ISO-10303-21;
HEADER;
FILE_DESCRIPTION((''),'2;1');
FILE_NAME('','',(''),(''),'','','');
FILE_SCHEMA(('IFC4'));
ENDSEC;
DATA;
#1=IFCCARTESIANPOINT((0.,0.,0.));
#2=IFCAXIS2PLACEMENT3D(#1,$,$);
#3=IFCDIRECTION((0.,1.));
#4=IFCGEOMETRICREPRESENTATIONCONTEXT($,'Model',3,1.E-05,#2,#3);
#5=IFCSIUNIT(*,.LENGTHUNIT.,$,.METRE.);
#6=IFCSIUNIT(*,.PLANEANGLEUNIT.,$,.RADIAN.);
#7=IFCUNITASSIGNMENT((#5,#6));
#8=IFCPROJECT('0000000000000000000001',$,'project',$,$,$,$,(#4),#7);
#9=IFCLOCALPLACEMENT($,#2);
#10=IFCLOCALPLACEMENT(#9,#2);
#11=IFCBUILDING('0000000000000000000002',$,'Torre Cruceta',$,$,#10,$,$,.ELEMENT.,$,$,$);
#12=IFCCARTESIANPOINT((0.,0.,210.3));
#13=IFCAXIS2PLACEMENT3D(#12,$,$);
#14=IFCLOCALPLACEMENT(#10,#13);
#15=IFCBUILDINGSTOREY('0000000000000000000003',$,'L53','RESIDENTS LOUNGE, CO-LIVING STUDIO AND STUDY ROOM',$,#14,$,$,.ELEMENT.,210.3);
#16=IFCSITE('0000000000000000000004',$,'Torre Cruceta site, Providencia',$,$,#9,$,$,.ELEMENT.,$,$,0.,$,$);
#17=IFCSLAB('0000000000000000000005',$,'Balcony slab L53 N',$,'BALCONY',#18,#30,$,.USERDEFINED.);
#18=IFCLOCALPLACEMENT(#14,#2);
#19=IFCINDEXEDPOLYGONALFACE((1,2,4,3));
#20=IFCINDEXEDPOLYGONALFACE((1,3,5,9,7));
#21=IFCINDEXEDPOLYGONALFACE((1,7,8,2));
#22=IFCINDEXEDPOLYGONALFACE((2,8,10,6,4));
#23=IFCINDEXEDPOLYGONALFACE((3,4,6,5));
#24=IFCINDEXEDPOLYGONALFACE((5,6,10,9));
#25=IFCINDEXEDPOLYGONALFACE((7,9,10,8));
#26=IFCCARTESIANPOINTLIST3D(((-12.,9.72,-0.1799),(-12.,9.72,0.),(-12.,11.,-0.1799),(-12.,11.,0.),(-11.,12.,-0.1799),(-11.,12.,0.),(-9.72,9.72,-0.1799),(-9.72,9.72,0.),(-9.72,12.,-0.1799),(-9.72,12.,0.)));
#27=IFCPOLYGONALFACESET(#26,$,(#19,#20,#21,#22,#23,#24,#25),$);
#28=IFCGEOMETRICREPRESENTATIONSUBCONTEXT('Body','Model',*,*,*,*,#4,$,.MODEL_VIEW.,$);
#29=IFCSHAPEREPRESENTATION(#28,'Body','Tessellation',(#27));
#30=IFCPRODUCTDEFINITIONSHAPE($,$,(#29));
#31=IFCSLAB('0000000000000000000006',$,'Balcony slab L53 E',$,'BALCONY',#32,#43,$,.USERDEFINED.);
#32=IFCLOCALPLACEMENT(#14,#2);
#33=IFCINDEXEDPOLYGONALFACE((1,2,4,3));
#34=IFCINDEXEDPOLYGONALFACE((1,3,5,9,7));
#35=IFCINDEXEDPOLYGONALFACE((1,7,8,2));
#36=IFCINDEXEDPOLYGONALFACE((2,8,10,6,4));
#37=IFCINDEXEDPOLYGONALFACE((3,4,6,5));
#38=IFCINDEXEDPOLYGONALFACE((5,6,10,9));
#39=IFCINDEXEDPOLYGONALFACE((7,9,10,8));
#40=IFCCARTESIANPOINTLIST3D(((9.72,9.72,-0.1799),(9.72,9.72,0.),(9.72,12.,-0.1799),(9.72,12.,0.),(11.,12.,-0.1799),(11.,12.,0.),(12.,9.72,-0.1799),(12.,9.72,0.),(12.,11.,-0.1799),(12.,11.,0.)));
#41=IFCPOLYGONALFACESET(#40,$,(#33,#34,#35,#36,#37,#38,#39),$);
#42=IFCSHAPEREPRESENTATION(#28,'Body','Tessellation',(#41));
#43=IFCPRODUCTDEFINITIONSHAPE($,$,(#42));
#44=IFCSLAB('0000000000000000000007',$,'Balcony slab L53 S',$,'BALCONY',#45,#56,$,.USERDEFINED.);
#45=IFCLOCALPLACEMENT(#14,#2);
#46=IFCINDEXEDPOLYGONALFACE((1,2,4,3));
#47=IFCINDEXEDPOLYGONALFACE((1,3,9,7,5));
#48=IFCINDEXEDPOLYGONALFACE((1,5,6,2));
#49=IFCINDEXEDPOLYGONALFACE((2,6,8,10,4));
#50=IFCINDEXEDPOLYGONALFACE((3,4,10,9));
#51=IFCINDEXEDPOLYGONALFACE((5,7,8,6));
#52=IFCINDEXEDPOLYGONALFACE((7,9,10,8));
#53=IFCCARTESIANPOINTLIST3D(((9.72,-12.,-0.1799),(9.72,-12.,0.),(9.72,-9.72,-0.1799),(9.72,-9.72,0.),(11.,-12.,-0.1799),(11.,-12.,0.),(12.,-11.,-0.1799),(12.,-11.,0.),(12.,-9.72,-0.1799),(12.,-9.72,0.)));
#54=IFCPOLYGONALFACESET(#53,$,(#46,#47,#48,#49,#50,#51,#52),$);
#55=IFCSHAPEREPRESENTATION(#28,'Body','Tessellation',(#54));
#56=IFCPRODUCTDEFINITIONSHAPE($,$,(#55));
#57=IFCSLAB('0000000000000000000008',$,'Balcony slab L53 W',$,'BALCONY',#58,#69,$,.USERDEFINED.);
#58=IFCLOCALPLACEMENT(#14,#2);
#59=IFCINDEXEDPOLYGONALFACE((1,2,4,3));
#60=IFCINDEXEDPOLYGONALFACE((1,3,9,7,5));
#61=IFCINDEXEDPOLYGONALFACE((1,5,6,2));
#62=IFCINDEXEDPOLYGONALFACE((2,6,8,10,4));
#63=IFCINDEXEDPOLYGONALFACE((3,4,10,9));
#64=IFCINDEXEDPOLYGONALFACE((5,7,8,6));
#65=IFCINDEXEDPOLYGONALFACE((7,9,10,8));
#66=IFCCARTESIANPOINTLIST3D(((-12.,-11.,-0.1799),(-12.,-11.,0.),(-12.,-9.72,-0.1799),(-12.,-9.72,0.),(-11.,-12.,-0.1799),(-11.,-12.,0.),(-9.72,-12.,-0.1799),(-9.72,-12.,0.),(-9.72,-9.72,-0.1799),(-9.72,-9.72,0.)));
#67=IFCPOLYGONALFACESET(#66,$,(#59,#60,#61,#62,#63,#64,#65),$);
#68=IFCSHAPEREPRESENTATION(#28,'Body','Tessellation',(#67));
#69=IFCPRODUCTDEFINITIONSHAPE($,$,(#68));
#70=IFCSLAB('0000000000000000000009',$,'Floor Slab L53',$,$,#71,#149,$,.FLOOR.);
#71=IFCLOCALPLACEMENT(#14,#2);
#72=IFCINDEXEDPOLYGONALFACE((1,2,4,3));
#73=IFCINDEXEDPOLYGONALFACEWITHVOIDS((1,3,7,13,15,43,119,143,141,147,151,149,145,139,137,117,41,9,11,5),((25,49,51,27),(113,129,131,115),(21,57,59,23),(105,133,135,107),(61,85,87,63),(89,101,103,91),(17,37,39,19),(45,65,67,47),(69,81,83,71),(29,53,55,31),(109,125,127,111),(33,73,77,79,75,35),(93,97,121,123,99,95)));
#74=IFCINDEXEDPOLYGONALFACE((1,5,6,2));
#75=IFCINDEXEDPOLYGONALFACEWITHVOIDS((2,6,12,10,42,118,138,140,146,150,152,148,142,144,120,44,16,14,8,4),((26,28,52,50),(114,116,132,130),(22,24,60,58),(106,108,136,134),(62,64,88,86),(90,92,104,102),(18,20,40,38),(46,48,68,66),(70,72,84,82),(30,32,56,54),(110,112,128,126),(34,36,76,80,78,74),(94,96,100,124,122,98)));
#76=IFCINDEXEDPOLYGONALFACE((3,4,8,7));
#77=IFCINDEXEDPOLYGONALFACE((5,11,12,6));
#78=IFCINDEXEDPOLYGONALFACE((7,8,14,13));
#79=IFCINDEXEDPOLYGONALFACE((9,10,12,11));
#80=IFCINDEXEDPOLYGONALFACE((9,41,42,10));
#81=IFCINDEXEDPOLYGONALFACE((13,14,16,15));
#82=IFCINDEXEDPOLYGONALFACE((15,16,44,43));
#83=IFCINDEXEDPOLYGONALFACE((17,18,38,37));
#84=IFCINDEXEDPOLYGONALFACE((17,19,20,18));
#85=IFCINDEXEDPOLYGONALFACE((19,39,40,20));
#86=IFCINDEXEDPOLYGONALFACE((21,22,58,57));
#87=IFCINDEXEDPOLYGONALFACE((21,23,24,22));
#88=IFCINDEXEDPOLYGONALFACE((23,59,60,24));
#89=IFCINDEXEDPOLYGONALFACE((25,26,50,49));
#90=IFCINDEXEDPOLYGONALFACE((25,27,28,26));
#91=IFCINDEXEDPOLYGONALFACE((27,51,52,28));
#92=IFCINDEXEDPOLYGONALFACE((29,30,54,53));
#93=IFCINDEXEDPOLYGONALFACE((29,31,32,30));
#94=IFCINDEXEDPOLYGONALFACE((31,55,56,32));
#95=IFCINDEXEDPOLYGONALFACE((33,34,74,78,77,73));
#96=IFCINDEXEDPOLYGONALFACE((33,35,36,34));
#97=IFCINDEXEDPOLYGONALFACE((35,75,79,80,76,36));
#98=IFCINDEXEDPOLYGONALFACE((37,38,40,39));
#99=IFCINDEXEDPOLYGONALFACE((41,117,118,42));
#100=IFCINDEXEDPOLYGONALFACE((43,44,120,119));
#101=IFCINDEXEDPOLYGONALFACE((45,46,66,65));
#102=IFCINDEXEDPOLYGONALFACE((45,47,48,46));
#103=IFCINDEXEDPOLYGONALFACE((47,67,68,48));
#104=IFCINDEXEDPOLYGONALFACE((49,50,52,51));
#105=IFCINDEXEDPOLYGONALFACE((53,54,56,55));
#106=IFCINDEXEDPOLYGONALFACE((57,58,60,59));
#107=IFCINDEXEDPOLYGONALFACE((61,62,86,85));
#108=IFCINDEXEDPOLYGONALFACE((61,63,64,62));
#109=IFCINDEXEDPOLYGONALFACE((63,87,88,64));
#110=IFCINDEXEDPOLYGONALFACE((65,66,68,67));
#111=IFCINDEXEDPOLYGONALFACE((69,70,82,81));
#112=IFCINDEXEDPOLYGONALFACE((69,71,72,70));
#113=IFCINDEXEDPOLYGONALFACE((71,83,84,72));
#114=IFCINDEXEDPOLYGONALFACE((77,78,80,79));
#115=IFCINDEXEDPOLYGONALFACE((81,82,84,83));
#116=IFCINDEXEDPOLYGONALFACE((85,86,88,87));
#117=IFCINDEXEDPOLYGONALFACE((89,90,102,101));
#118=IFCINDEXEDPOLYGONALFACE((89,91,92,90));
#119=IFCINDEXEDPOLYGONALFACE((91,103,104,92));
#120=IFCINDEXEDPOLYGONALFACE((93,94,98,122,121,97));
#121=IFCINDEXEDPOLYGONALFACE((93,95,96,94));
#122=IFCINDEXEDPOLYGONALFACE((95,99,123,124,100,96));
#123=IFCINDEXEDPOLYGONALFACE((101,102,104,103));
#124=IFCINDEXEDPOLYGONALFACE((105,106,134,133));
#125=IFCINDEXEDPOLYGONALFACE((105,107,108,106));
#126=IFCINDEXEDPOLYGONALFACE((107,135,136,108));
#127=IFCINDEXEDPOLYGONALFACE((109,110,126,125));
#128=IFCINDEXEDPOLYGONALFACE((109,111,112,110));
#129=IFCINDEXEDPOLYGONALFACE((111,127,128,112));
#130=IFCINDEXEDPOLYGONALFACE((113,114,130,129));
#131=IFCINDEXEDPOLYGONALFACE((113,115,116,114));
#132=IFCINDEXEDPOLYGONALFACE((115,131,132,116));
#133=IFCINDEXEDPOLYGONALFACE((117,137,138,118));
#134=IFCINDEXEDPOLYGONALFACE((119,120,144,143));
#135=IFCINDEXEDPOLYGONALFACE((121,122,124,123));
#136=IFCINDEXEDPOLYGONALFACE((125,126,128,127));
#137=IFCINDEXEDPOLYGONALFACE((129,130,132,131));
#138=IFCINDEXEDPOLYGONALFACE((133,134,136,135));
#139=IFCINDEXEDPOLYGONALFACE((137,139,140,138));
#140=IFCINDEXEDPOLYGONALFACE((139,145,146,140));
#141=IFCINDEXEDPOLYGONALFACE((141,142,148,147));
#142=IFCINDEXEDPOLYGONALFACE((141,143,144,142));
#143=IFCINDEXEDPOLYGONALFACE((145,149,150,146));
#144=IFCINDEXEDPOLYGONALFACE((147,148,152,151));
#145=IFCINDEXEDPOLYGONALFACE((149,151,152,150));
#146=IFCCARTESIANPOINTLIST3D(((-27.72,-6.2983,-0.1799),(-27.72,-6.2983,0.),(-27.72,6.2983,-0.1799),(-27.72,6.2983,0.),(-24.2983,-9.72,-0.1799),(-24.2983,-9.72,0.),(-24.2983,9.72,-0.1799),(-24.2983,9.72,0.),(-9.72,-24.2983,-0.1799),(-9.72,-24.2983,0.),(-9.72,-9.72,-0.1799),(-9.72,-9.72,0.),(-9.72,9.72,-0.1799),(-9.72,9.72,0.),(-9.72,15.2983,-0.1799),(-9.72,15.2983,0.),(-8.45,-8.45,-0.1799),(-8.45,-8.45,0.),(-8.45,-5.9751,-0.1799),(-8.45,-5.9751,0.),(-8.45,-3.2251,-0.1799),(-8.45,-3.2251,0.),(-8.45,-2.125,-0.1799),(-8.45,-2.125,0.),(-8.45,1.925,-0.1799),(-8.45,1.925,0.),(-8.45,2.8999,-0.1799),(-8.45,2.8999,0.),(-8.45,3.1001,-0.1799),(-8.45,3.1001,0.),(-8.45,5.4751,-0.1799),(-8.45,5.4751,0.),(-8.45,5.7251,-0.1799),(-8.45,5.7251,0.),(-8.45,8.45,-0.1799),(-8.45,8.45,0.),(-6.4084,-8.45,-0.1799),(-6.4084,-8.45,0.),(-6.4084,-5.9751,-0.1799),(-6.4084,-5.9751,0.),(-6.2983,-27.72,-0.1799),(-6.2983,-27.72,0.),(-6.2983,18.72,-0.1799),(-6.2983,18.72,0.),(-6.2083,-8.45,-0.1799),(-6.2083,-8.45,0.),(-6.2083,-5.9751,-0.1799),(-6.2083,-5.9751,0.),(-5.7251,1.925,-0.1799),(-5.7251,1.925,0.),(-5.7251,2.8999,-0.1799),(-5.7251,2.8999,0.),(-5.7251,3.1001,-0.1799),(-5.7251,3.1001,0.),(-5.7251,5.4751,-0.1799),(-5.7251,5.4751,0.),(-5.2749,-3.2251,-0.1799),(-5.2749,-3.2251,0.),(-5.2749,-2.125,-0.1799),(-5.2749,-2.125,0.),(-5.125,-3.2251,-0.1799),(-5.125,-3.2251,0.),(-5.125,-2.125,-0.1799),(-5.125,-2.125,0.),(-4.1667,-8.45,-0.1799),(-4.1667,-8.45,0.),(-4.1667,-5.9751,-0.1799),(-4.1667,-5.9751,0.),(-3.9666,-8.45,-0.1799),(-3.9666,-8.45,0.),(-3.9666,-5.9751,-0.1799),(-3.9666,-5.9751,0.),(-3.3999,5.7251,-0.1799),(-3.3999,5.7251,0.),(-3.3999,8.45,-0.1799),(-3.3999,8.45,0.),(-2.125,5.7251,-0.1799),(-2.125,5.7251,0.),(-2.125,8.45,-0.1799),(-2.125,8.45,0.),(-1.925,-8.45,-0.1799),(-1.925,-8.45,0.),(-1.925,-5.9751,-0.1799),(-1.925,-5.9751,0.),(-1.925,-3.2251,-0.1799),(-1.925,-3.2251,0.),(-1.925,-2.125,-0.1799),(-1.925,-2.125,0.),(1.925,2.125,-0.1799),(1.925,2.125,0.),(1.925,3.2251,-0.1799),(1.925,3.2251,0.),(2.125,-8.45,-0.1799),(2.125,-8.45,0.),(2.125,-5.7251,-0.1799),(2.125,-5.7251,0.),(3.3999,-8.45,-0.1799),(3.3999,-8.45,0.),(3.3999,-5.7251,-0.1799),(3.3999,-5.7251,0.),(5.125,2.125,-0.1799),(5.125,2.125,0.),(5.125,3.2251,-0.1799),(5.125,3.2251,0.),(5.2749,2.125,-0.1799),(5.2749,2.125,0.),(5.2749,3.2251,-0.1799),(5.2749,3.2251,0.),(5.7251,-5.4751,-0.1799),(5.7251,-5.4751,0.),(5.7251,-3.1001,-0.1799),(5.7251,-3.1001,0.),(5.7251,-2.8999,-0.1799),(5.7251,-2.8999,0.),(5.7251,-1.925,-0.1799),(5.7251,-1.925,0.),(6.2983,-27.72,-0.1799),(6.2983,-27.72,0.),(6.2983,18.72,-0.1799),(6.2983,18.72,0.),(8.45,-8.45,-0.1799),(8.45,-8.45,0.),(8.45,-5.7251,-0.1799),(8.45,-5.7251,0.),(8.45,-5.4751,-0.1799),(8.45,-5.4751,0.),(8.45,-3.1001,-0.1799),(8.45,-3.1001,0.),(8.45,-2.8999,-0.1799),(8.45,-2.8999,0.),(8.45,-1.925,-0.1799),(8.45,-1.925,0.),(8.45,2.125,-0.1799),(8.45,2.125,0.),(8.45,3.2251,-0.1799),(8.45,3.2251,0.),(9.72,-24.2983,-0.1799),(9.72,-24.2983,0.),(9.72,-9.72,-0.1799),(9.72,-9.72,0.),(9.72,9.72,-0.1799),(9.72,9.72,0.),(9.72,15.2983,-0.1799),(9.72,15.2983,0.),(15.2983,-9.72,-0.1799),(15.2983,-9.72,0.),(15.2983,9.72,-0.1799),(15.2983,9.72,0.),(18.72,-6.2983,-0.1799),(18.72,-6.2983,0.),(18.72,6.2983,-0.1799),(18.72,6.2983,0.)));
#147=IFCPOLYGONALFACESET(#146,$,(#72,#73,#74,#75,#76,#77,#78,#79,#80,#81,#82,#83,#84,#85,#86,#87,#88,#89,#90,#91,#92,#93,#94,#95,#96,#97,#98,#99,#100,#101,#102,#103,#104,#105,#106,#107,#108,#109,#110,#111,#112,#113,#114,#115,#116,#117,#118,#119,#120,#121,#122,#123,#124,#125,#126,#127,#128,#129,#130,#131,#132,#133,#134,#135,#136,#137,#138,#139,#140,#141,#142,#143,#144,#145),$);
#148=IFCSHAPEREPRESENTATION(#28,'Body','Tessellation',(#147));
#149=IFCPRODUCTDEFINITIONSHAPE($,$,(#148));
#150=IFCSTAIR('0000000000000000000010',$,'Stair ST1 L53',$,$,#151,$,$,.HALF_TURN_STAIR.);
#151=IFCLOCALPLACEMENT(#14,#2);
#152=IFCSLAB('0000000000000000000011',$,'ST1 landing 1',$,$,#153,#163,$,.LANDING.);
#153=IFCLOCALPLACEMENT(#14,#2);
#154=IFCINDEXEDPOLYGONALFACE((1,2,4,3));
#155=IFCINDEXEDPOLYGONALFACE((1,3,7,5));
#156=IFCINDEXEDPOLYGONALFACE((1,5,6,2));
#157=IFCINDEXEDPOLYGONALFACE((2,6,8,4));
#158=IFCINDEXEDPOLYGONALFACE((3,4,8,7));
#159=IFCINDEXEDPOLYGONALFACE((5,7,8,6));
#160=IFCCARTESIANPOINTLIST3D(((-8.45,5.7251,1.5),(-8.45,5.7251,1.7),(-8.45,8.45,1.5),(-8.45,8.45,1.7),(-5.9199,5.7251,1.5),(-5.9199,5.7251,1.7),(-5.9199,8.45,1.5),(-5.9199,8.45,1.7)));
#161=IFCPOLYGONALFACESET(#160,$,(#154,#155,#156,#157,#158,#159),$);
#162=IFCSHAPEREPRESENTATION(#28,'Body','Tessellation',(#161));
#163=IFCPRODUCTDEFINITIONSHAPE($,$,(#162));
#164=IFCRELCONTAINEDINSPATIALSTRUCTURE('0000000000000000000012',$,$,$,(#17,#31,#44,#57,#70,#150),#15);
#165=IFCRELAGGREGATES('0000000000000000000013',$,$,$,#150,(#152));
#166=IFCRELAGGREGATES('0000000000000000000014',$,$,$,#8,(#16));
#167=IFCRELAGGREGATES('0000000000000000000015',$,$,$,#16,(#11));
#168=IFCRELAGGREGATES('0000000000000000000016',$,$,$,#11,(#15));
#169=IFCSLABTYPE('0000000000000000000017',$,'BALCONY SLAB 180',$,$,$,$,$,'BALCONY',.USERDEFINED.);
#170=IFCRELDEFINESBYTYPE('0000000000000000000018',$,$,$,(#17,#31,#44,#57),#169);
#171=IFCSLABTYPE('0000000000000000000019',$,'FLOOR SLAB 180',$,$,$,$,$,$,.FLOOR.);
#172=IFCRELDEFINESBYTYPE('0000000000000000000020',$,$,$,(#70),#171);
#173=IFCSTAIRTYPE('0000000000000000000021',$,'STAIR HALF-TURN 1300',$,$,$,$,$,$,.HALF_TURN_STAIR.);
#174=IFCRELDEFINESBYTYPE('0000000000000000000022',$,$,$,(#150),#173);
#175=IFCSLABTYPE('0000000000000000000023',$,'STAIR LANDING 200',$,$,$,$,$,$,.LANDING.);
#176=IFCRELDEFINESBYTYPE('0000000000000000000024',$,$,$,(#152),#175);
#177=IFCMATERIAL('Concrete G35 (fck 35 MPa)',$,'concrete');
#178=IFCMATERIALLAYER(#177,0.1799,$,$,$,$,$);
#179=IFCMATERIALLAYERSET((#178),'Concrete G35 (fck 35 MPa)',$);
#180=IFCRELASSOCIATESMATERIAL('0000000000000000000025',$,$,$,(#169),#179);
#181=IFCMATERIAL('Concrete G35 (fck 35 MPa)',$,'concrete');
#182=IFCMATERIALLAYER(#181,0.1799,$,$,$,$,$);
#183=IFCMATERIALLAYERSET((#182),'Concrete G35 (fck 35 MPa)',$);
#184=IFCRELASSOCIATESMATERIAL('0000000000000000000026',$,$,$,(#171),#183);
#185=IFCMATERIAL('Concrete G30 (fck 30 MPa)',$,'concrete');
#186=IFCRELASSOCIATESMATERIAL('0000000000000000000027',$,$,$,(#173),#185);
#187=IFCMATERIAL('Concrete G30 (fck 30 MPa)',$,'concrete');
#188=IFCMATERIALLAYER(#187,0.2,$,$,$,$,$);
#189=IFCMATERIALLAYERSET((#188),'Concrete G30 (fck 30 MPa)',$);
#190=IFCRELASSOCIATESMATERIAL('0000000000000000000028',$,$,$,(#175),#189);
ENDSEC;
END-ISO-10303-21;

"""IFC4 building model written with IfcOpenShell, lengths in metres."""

from ifc_helpers import new_model, si_unit, direction, frame, origin, place, context, subcontext, project, spatial, polyline, outline, extrude, material, layer, layer_set, type_object, element, aggregate, save


model = new_model("IFC4")

# Units and contexts
model_context = context("Model", 3, precision=1e-05, world=origin(), true_north=direction((0.0, 1.0)))
body_context = subcontext(model_context, "Body", "Model", "MODEL_VIEW")
ifc_project = project(units=[si_unit("LENGTHUNIT", "METRE"), si_unit("PLANEANGLEUNIT", "RADIAN")], contexts=[model_context])

# Site, building, storey
site_placement = place(None, origin())
site = spatial("IfcSite", under=ifc_project, at=site_placement, Name="Torre Cruceta site, Providencia", CompositionType="ELEMENT", RefElevation=0.0)
building_placement = place(site_placement, origin())
building = spatial("IfcBuilding", under=site, at=building_placement, Name="Torre Cruceta", CompositionType="ELEMENT")
storey_placement = place(building_placement, frame((0.0, 0.0, 210.3)))
storey = spatial("IfcBuildingStorey", under=building, at=storey_placement, Name="L53", Description="RESIDENTS LOUNGE, CO-LIVING STUDIO AND STUDY ROOM", CompositionType="ELEMENT", Elevation=210.3)

# Slabs
ifc_material_1 = material(Name="Concrete G35 (fck 35 MPa)", Category="concrete")
ifc_layer_1 = layer(ifc_material_1, 0.1799)
ifc_layer_set_1 = layer_set([ifc_layer_1], Name="Concrete G35 (fck 35 MPa)")
slab_type_1 = type_object("IfcSlabType", Name="BALCONY SLAB 180", ElementType="BALCONY", PredefinedType="USERDEFINED", material=ifc_layer_set_1)
slab_1_placement = place(storey_placement, frame((0.0, 0.0, -0.1799)))
element("IfcSlab", 1, at=slab_1_placement, inside=storey, type_object=slab_type_1, Name="Balcony slab L53 N", ObjectType="BALCONY", PredefinedType="USERDEFINED", context=body_context, shape_type="SweptSolid", body=[
    extrude(outline(polyline([(-12.0, 11.0), (-11.0, 12.0), (-9.72, 12.0), (-9.72, 9.72), (-12.0, 9.72), (-12.0, 11.0)])), origin(), (0.0, 0.0, 1.0), 0.1799),
])
slab_2_placement = place(storey_placement, frame((0.0, 0.0, -0.1799)))
element("IfcSlab", 2, at=slab_2_placement, inside=storey, type_object=slab_type_1, Name="Balcony slab L53 E", ObjectType="BALCONY", PredefinedType="USERDEFINED", context=body_context, shape_type="SweptSolid", body=[
    extrude(outline(polyline([(11.0, 12.0), (12.0, 11.0), (12.0, 9.72), (9.72, 9.72), (9.72, 12.0), (11.0, 12.0)])), origin(), (0.0, 0.0, 1.0), 0.1799),
])
slab_3_placement = place(storey_placement, frame((0.0, 0.0, -0.1799)))
element("IfcSlab", 3, at=slab_3_placement, inside=storey, type_object=slab_type_1, Name="Balcony slab L53 S", ObjectType="BALCONY", PredefinedType="USERDEFINED", context=body_context, shape_type="SweptSolid", body=[
    extrude(outline(polyline([(12.0, -11.0), (11.0, -12.0), (9.72, -12.0), (9.72, -9.72), (12.0, -9.72), (12.0, -11.0)])), origin(), (0.0, 0.0, 1.0), 0.1799),
])
slab_4_placement = place(storey_placement, frame((0.0, 0.0, -0.1799)))
element("IfcSlab", 4, at=slab_4_placement, inside=storey, type_object=slab_type_1, Name="Balcony slab L53 W", ObjectType="BALCONY", PredefinedType="USERDEFINED", context=body_context, shape_type="SweptSolid", body=[
    extrude(outline(polyline([(-11.0, -12.0), (-12.0, -11.0), (-12.0, -9.72), (-9.72, -9.72), (-9.72, -12.0), (-11.0, -12.0)])), origin(), (0.0, 0.0, 1.0), 0.1799),
])
ifc_material_2 = material(Name="Concrete G35 (fck 35 MPa)", Category="concrete")
ifc_layer_2 = layer(ifc_material_2, 0.1799)
ifc_layer_set_2 = layer_set([ifc_layer_2], Name="Concrete G35 (fck 35 MPa)")
slab_type_2 = type_object("IfcSlabType", Name="FLOOR SLAB 180", PredefinedType="FLOOR", material=ifc_layer_set_2)
slab_5_placement = place(storey_placement, frame((0.0, 0.0, -0.1799)))
element("IfcSlab", 5, at=slab_5_placement, inside=storey, type_object=slab_type_2, Name="Floor Slab L53", PredefinedType="FLOOR", context=body_context, shape_type="SweptSolid", body=[
    extrude(outline(polyline([(9.72, -9.72), (9.72, -24.2983), (6.2983, -27.72), (-6.2983, -27.72), (-9.72, -24.2983), (-9.72, -9.72), (-24.2983, -9.72), (-27.72, -6.2983), (-27.72, 6.2983), (-24.2983, 9.72), (-9.72, 9.72), (-9.72, 15.2983), (-6.2983, 18.72), (6.2983, 18.72), (9.72, 15.2983), (9.72, 9.72), (15.2983, 9.72), (18.72, 6.2983), (18.72, -6.2983), (15.2983, -9.72), (9.72, -9.72)]), holes=[polyline([(1.925, 2.125), (5.125, 2.125), (5.125, 3.2251), (1.925, 3.2251), (1.925, 2.125)]), polyline([(5.2749, 2.125), (8.45, 2.125), (8.45, 3.2251), (5.2749, 3.2251), (5.2749, 2.125)]), polyline([(-8.45, 3.1001), (-5.7251, 3.1001), (-5.7251, 5.4751), (-8.45, 5.4751), (-8.45, 3.1001)]), polyline([(-8.45, 1.925), (-5.7251, 1.925), (-5.7251, 2.8999), (-8.45, 2.8999), (-8.45, 1.925)]), polyline([(-3.9666, -8.45), (-1.925, -8.45), (-1.925, -5.9751), (-3.9666, -5.9751), (-3.9666, -8.45)]), polyline([(-6.2083, -8.45), (-4.1667, -8.45), (-4.1667, -5.9751), (-6.2083, -5.9751), (-6.2083, -8.45)]), polyline([(-8.45, -8.45), (-6.4084, -8.45), (-6.4084, -5.9751), (-8.45, -5.9751), (-8.45, -8.45)]), polyline([(-5.125, -3.2251), (-1.925, -3.2251), (-1.925, -2.125), (-5.125, -2.125), (-5.125, -3.2251)]), polyline([(-8.45, -3.2251), (-5.2749, -3.2251), (-5.2749, -2.125), (-8.45, -2.125), (-8.45, -3.2251)]), polyline([(5.7251, -5.4751), (8.45, -5.4751), (8.45, -3.1001), (5.7251, -3.1001), (5.7251, -5.4751)]), polyline([(5.7251, -2.8999), (8.45, -2.8999), (8.45, -1.925), (5.7251, -1.925), (5.7251, -2.8999)]), polyline([(-8.45, 5.7251), (-8.45, 8.45), (-3.3999, 8.45), (-2.125, 8.45), (-2.125, 5.7251), (-3.3999, 5.7251), (-8.45, 5.7251)]), polyline([(2.125, -5.7251), (3.3999, -5.7251), (8.45, -5.7251), (8.45, -8.45), (3.3999, -8.45), (2.125, -8.45), (2.125, -5.7251)])]), origin(), (0.0, 0.0, 1.0), 0.1799),
])

# Stair, slab
ifc_material_3 = material(Name="Concrete G30 (fck 30 MPa)", Category="concrete")
stair_type = type_object("IfcStairType", Name="STAIR HALF-TURN 1300", PredefinedType="HALF_TURN_STAIR", material=ifc_material_3)
stair_placement = place(storey_placement, origin())
stair = element("IfcStair", 6, at=stair_placement, inside=storey, type_object=stair_type, Name="Stair ST1 L53", PredefinedType="HALF_TURN_STAIR")
ifc_material_4 = material(Name="Concrete G30 (fck 30 MPa)", Category="concrete")
ifc_layer_3 = layer(ifc_material_4, 0.2)
ifc_layer_set_3 = layer_set([ifc_layer_3], Name="Concrete G30 (fck 30 MPa)")
slab_type_3 = type_object("IfcSlabType", Name="STAIR LANDING 200", PredefinedType="LANDING", material=ifc_layer_set_3)
slab_6_placement = place(storey_placement, frame((0.0, 0.0, 1.5)))
slab_6 = element("IfcSlab", 7, at=slab_6_placement, type_object=slab_type_3, Name="ST1 landing 1", PredefinedType="LANDING", context=body_context, shape_type="SweptSolid", body=[
    extrude(outline(polyline([(-8.45, 5.7251), (-5.9199, 5.7251), (-5.9199, 8.45), (-8.45, 8.45), (-8.45, 5.7251)])), origin(), (0.0, 0.0, 1.0), 0.2),
])

aggregate(stair, [slab_6])

save(model, "model.ifc")
